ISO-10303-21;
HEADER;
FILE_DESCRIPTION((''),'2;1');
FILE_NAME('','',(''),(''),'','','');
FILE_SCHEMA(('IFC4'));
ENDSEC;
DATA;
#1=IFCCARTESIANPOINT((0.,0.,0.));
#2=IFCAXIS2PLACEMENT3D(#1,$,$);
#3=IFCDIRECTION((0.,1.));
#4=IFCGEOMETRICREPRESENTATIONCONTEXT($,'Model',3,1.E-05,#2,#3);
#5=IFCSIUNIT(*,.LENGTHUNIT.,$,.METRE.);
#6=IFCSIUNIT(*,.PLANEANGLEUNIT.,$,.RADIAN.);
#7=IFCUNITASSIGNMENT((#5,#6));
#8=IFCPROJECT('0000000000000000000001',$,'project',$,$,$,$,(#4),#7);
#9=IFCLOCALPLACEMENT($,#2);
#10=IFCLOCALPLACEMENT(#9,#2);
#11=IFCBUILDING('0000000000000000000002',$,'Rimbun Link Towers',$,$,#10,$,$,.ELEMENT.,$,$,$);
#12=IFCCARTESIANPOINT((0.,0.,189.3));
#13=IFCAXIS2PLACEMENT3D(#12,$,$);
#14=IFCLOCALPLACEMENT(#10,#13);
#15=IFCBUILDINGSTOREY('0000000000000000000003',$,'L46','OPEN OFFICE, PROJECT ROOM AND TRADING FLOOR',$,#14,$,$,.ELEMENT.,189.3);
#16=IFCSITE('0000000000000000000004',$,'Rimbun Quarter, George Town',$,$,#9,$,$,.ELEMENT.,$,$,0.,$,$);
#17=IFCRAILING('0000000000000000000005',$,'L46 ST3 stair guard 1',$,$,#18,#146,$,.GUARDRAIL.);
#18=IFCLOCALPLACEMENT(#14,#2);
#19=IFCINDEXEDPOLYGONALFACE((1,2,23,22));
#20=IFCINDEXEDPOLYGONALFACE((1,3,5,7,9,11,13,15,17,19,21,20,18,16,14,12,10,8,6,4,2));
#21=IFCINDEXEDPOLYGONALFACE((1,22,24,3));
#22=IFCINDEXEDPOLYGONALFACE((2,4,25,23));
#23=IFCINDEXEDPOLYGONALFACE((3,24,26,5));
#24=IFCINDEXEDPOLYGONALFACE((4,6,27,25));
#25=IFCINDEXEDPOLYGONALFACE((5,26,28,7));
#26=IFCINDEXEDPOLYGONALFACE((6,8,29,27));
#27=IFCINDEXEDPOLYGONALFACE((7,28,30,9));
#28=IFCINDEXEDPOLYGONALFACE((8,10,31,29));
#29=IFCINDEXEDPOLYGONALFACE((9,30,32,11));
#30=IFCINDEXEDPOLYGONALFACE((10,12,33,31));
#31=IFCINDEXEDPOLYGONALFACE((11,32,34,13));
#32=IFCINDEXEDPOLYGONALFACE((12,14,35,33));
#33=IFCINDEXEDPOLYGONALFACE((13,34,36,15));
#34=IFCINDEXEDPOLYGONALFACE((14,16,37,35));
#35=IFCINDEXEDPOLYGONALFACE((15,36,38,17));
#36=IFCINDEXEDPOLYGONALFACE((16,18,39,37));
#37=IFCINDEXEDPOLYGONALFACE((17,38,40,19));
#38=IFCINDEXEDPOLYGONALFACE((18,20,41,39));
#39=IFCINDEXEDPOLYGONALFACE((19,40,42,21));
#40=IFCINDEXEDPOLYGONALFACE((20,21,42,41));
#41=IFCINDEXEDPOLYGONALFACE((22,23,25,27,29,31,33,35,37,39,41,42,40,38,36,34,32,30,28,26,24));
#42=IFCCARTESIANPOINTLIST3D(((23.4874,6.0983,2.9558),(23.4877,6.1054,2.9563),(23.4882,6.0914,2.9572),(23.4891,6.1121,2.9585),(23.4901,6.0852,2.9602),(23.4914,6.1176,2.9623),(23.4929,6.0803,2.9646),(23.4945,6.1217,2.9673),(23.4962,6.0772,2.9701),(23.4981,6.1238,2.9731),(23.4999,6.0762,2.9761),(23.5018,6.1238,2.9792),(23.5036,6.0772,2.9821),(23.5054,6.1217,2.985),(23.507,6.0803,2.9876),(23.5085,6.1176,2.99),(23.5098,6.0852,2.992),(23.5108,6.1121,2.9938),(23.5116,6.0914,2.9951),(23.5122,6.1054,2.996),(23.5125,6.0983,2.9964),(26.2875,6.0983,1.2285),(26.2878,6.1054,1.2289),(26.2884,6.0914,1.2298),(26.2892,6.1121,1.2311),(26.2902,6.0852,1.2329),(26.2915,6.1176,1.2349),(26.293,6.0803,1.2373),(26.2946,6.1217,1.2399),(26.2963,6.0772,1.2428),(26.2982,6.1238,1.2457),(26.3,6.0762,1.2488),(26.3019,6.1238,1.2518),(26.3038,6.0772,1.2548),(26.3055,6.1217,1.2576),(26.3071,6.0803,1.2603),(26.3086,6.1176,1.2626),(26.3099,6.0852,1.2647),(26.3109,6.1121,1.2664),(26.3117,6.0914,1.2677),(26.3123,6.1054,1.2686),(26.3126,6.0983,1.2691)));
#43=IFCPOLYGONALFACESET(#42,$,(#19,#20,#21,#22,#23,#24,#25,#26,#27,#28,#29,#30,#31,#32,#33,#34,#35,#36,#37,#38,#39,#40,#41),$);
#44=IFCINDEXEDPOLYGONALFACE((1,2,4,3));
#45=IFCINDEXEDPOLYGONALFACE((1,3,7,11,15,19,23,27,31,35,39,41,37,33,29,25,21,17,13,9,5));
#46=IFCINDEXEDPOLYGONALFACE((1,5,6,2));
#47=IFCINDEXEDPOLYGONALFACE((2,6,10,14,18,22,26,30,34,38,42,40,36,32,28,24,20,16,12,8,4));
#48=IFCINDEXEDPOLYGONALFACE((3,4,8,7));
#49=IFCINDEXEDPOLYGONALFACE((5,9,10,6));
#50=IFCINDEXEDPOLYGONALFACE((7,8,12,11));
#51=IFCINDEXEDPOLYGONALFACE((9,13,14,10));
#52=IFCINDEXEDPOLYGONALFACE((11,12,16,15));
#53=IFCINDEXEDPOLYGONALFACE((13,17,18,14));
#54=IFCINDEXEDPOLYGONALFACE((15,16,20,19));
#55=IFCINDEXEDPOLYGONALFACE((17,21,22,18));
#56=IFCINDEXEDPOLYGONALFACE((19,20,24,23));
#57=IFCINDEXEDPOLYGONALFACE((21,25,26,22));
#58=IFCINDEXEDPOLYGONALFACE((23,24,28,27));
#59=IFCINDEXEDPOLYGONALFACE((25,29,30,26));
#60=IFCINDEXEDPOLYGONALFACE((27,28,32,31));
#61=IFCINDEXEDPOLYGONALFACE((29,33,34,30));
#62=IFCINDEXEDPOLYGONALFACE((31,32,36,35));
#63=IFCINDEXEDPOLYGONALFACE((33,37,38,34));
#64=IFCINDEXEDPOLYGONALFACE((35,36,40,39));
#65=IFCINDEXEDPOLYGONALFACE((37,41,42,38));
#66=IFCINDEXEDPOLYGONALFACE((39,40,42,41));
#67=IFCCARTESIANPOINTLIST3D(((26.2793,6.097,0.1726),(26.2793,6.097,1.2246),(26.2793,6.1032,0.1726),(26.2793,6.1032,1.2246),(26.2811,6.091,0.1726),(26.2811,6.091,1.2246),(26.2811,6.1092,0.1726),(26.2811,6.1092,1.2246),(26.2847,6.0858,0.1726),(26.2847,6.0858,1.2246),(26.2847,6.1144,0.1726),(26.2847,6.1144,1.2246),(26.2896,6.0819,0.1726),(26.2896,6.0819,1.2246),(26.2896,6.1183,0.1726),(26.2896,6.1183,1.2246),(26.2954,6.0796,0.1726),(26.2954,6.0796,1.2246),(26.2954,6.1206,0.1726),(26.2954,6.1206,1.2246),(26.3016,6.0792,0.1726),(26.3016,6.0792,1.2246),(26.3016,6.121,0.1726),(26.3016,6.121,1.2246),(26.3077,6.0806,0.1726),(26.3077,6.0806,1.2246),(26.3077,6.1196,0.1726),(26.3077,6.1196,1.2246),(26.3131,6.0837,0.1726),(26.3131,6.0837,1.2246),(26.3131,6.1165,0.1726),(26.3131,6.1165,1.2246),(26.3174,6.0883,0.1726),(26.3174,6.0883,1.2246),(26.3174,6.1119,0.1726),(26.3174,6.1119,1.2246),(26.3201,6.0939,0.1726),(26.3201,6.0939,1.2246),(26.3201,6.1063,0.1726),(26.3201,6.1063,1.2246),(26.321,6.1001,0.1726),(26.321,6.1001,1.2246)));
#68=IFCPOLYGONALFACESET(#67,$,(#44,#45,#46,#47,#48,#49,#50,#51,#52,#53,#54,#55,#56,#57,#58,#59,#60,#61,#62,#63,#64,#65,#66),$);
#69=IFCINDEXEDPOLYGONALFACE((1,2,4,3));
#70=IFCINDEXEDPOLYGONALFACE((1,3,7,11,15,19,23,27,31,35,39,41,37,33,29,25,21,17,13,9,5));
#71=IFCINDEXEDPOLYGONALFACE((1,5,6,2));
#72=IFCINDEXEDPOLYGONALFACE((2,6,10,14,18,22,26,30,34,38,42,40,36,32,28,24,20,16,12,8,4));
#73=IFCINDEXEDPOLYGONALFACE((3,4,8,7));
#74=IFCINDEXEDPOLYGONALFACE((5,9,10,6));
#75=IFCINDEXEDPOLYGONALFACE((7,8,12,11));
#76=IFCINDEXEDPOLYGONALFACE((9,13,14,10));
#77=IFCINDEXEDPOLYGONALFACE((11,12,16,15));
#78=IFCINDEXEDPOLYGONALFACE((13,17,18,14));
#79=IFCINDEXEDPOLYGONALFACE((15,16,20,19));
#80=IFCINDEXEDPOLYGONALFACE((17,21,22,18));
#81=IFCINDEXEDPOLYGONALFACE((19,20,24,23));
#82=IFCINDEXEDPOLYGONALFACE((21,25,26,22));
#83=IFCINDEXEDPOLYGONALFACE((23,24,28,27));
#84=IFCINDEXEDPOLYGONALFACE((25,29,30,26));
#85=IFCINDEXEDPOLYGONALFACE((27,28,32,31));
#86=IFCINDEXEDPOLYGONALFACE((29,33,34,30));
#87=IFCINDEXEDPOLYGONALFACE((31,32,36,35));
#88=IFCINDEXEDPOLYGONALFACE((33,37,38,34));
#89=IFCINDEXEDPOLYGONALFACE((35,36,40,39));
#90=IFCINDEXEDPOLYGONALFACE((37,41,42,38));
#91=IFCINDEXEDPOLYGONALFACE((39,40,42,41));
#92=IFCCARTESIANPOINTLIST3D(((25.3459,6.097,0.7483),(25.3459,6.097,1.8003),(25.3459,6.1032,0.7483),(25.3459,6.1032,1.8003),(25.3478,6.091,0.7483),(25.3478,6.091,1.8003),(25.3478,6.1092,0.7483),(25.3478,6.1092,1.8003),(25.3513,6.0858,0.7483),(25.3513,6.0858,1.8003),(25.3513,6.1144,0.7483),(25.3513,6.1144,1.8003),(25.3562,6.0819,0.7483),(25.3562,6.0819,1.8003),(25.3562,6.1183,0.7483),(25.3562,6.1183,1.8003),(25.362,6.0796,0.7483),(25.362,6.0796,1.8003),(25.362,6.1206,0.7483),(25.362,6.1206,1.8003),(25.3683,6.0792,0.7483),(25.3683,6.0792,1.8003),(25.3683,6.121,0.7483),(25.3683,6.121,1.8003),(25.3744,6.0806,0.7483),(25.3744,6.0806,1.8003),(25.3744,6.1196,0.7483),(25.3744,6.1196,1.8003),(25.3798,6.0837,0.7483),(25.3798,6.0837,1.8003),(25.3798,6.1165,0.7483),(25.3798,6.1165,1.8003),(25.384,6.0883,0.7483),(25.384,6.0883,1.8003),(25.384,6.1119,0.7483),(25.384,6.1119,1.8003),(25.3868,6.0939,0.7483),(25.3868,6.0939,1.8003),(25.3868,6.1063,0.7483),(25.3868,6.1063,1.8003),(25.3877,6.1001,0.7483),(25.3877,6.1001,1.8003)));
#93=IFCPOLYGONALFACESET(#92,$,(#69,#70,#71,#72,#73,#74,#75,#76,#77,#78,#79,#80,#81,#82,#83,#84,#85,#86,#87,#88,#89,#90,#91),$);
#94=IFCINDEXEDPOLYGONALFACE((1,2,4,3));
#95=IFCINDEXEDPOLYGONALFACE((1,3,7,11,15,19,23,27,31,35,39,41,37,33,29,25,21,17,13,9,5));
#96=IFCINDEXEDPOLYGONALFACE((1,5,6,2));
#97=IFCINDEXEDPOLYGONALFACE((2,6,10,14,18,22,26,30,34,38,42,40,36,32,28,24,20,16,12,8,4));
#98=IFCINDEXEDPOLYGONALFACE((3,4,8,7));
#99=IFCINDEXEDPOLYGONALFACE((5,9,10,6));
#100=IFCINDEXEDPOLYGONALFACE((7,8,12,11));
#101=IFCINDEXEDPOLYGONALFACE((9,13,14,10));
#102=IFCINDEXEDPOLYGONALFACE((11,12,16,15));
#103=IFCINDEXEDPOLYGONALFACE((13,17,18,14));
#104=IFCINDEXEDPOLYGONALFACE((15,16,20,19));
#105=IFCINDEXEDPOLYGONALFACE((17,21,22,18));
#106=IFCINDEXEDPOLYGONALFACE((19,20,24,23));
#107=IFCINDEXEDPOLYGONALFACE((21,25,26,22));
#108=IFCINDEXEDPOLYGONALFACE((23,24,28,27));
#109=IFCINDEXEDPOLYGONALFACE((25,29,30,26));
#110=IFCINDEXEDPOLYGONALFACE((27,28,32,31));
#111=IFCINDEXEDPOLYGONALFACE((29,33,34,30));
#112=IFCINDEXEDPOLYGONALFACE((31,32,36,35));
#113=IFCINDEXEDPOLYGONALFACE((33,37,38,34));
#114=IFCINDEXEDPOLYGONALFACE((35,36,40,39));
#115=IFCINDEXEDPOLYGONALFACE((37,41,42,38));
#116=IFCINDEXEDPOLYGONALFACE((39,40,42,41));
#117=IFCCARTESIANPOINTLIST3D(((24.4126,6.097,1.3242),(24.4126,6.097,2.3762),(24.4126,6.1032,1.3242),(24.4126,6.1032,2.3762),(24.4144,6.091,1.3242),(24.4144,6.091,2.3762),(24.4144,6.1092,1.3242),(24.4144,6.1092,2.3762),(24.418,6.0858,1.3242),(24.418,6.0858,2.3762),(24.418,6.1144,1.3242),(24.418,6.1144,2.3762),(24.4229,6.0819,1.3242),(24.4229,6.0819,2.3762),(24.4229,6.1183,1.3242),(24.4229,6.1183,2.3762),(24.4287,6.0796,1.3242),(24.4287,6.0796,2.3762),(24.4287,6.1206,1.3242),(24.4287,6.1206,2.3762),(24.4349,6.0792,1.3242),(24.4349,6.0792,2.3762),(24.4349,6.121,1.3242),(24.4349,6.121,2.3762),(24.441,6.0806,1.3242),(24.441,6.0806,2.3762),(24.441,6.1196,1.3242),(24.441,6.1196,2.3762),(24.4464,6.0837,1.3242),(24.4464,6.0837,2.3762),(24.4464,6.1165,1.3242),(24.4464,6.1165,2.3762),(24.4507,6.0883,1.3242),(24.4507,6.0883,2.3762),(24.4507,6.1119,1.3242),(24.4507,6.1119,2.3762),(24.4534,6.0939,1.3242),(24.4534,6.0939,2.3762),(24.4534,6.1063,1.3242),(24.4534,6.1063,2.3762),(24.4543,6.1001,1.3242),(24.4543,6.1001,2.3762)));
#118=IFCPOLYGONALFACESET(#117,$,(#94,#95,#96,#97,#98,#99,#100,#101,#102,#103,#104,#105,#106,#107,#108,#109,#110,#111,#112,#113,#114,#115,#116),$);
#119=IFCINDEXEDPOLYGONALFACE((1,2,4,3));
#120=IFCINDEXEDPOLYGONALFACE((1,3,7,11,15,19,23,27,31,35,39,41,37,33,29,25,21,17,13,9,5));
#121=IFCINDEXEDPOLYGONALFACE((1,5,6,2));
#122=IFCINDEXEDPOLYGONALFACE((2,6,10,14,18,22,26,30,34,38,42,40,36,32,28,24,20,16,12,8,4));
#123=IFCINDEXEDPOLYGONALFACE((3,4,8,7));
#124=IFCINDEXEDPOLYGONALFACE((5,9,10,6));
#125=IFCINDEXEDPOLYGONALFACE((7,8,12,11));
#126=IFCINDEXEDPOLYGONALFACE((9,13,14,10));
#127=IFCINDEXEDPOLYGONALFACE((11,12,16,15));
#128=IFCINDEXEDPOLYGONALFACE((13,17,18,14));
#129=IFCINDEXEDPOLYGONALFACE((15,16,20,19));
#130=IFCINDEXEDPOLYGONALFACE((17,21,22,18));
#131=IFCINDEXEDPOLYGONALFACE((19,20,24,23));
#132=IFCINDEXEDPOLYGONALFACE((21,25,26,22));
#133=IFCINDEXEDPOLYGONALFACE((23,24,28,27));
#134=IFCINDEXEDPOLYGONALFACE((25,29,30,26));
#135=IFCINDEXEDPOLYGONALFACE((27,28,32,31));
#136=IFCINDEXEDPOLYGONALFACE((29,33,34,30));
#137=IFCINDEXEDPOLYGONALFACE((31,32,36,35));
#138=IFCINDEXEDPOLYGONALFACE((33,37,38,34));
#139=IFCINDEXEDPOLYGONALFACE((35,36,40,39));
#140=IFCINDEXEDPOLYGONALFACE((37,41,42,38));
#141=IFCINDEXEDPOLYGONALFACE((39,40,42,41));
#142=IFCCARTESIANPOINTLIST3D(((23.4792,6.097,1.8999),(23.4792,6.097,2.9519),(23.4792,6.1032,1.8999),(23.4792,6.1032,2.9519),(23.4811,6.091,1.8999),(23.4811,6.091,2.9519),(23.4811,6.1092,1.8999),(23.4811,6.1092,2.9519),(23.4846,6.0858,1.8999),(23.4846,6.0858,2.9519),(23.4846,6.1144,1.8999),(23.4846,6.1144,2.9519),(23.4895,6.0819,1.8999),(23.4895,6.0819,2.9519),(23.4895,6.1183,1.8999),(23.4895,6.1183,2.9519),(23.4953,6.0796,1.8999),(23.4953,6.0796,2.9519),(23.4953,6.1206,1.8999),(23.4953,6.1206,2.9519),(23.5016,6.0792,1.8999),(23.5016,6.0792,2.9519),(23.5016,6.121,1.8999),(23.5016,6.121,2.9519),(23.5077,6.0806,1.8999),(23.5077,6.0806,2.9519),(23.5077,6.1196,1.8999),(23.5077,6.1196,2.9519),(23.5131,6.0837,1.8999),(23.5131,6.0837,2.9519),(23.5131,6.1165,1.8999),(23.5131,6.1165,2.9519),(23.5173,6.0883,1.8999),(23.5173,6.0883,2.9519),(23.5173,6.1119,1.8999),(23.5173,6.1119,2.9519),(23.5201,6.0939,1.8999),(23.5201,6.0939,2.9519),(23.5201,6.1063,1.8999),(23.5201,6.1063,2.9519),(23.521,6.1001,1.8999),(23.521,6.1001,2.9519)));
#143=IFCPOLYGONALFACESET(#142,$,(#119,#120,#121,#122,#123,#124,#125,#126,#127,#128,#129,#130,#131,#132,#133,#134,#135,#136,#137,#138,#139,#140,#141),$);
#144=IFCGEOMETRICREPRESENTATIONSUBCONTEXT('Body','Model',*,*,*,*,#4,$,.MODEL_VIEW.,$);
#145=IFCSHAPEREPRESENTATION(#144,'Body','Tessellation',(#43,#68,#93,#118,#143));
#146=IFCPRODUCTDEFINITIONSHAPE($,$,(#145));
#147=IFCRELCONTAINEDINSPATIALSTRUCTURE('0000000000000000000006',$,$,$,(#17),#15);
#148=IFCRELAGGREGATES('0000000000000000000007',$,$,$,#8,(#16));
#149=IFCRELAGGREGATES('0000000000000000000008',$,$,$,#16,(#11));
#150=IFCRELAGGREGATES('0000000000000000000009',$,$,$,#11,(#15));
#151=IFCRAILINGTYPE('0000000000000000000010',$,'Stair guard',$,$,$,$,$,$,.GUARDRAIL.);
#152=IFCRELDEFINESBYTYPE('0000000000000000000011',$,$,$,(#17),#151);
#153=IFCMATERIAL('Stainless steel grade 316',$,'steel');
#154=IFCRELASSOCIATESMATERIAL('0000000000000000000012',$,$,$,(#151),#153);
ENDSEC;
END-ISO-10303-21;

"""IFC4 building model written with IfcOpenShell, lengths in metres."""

from ifc_helpers import new_model, si_unit, direction, frame, origin, origin_2d, place, context, subcontext, project, spatial, circle, extrude, material, type_object, element, save


model = new_model("IFC4")

# Units and contexts
model_context = context("Model", 3, precision=1e-05, world=origin(), true_north=direction((0.0, 1.0)))
body_context = subcontext(model_context, "Body", "Model", "MODEL_VIEW")
ifc_project = project(units=[si_unit("LENGTHUNIT", "METRE"), si_unit("PLANEANGLEUNIT", "RADIAN")], contexts=[model_context])

# Site, building, storey
site_placement = place(None, origin())
site = spatial("IfcSite", under=ifc_project, at=site_placement, Name="Rimbun Quarter, George Town", CompositionType="ELEMENT", RefElevation=0.0)
building_placement = place(site_placement, origin())
building = spatial("IfcBuilding", under=site, at=building_placement, Name="Rimbun Link Towers", CompositionType="ELEMENT")
storey_placement = place(building_placement, frame((0.0, 0.0, 189.3)))
storey = spatial("IfcBuildingStorey", under=building, at=storey_placement, Name="L46", Description="OPEN OFFICE, PROJECT ROOM AND TRADING FLOOR", CompositionType="ELEMENT", Elevation=189.3)

# Railing
ifc_material_1 = material(Name="Stainless steel grade 316", Category="steel")
railing_type_1 = type_object("IfcRailingType", Name="Stair guard", PredefinedType="GUARDRAIL", material=ifc_material_1)
railing_1_placement = place(storey_placement, frame((26.3, 6.1001, 0.1726)))
element("IfcRailing", 1, at=railing_1_placement, inside=storey, type_object=railing_type_1, Name="L46 ST3 stair guard 1", PredefinedType="GUARDRAIL", context=body_context, shape_type="SweptSolid", body=[
    extrude(circle(Radius=0.0239, at=origin_2d()), frame((0.0, 0.0, 1.0762), z_axis=(-0.85109, 0.0, 0.52502), x_axis=(0.0, -1.0, 0.0)), (0.0, 0.0, 1.0), 3.29),
    extrude(circle(Radius=0.021, at=origin_2d()), origin(), (0.0, 0.0, 1.0), 1.052),
    extrude(circle(Radius=0.021, at=origin_2d()), frame((-0.9333, 0.0, 0.5757)), (0.0, 0.0, 1.0), 1.052),
    extrude(circle(Radius=0.021, at=origin_2d()), frame((-1.8667, 0.0, 1.1516)), (0.0, 0.0, 1.0), 1.052),
    extrude(circle(Radius=0.021, at=origin_2d()), frame((-2.8, 0.0, 1.7273)), (0.0, 0.0, 1.0), 1.052),
])

save(model, "model.ifc")
